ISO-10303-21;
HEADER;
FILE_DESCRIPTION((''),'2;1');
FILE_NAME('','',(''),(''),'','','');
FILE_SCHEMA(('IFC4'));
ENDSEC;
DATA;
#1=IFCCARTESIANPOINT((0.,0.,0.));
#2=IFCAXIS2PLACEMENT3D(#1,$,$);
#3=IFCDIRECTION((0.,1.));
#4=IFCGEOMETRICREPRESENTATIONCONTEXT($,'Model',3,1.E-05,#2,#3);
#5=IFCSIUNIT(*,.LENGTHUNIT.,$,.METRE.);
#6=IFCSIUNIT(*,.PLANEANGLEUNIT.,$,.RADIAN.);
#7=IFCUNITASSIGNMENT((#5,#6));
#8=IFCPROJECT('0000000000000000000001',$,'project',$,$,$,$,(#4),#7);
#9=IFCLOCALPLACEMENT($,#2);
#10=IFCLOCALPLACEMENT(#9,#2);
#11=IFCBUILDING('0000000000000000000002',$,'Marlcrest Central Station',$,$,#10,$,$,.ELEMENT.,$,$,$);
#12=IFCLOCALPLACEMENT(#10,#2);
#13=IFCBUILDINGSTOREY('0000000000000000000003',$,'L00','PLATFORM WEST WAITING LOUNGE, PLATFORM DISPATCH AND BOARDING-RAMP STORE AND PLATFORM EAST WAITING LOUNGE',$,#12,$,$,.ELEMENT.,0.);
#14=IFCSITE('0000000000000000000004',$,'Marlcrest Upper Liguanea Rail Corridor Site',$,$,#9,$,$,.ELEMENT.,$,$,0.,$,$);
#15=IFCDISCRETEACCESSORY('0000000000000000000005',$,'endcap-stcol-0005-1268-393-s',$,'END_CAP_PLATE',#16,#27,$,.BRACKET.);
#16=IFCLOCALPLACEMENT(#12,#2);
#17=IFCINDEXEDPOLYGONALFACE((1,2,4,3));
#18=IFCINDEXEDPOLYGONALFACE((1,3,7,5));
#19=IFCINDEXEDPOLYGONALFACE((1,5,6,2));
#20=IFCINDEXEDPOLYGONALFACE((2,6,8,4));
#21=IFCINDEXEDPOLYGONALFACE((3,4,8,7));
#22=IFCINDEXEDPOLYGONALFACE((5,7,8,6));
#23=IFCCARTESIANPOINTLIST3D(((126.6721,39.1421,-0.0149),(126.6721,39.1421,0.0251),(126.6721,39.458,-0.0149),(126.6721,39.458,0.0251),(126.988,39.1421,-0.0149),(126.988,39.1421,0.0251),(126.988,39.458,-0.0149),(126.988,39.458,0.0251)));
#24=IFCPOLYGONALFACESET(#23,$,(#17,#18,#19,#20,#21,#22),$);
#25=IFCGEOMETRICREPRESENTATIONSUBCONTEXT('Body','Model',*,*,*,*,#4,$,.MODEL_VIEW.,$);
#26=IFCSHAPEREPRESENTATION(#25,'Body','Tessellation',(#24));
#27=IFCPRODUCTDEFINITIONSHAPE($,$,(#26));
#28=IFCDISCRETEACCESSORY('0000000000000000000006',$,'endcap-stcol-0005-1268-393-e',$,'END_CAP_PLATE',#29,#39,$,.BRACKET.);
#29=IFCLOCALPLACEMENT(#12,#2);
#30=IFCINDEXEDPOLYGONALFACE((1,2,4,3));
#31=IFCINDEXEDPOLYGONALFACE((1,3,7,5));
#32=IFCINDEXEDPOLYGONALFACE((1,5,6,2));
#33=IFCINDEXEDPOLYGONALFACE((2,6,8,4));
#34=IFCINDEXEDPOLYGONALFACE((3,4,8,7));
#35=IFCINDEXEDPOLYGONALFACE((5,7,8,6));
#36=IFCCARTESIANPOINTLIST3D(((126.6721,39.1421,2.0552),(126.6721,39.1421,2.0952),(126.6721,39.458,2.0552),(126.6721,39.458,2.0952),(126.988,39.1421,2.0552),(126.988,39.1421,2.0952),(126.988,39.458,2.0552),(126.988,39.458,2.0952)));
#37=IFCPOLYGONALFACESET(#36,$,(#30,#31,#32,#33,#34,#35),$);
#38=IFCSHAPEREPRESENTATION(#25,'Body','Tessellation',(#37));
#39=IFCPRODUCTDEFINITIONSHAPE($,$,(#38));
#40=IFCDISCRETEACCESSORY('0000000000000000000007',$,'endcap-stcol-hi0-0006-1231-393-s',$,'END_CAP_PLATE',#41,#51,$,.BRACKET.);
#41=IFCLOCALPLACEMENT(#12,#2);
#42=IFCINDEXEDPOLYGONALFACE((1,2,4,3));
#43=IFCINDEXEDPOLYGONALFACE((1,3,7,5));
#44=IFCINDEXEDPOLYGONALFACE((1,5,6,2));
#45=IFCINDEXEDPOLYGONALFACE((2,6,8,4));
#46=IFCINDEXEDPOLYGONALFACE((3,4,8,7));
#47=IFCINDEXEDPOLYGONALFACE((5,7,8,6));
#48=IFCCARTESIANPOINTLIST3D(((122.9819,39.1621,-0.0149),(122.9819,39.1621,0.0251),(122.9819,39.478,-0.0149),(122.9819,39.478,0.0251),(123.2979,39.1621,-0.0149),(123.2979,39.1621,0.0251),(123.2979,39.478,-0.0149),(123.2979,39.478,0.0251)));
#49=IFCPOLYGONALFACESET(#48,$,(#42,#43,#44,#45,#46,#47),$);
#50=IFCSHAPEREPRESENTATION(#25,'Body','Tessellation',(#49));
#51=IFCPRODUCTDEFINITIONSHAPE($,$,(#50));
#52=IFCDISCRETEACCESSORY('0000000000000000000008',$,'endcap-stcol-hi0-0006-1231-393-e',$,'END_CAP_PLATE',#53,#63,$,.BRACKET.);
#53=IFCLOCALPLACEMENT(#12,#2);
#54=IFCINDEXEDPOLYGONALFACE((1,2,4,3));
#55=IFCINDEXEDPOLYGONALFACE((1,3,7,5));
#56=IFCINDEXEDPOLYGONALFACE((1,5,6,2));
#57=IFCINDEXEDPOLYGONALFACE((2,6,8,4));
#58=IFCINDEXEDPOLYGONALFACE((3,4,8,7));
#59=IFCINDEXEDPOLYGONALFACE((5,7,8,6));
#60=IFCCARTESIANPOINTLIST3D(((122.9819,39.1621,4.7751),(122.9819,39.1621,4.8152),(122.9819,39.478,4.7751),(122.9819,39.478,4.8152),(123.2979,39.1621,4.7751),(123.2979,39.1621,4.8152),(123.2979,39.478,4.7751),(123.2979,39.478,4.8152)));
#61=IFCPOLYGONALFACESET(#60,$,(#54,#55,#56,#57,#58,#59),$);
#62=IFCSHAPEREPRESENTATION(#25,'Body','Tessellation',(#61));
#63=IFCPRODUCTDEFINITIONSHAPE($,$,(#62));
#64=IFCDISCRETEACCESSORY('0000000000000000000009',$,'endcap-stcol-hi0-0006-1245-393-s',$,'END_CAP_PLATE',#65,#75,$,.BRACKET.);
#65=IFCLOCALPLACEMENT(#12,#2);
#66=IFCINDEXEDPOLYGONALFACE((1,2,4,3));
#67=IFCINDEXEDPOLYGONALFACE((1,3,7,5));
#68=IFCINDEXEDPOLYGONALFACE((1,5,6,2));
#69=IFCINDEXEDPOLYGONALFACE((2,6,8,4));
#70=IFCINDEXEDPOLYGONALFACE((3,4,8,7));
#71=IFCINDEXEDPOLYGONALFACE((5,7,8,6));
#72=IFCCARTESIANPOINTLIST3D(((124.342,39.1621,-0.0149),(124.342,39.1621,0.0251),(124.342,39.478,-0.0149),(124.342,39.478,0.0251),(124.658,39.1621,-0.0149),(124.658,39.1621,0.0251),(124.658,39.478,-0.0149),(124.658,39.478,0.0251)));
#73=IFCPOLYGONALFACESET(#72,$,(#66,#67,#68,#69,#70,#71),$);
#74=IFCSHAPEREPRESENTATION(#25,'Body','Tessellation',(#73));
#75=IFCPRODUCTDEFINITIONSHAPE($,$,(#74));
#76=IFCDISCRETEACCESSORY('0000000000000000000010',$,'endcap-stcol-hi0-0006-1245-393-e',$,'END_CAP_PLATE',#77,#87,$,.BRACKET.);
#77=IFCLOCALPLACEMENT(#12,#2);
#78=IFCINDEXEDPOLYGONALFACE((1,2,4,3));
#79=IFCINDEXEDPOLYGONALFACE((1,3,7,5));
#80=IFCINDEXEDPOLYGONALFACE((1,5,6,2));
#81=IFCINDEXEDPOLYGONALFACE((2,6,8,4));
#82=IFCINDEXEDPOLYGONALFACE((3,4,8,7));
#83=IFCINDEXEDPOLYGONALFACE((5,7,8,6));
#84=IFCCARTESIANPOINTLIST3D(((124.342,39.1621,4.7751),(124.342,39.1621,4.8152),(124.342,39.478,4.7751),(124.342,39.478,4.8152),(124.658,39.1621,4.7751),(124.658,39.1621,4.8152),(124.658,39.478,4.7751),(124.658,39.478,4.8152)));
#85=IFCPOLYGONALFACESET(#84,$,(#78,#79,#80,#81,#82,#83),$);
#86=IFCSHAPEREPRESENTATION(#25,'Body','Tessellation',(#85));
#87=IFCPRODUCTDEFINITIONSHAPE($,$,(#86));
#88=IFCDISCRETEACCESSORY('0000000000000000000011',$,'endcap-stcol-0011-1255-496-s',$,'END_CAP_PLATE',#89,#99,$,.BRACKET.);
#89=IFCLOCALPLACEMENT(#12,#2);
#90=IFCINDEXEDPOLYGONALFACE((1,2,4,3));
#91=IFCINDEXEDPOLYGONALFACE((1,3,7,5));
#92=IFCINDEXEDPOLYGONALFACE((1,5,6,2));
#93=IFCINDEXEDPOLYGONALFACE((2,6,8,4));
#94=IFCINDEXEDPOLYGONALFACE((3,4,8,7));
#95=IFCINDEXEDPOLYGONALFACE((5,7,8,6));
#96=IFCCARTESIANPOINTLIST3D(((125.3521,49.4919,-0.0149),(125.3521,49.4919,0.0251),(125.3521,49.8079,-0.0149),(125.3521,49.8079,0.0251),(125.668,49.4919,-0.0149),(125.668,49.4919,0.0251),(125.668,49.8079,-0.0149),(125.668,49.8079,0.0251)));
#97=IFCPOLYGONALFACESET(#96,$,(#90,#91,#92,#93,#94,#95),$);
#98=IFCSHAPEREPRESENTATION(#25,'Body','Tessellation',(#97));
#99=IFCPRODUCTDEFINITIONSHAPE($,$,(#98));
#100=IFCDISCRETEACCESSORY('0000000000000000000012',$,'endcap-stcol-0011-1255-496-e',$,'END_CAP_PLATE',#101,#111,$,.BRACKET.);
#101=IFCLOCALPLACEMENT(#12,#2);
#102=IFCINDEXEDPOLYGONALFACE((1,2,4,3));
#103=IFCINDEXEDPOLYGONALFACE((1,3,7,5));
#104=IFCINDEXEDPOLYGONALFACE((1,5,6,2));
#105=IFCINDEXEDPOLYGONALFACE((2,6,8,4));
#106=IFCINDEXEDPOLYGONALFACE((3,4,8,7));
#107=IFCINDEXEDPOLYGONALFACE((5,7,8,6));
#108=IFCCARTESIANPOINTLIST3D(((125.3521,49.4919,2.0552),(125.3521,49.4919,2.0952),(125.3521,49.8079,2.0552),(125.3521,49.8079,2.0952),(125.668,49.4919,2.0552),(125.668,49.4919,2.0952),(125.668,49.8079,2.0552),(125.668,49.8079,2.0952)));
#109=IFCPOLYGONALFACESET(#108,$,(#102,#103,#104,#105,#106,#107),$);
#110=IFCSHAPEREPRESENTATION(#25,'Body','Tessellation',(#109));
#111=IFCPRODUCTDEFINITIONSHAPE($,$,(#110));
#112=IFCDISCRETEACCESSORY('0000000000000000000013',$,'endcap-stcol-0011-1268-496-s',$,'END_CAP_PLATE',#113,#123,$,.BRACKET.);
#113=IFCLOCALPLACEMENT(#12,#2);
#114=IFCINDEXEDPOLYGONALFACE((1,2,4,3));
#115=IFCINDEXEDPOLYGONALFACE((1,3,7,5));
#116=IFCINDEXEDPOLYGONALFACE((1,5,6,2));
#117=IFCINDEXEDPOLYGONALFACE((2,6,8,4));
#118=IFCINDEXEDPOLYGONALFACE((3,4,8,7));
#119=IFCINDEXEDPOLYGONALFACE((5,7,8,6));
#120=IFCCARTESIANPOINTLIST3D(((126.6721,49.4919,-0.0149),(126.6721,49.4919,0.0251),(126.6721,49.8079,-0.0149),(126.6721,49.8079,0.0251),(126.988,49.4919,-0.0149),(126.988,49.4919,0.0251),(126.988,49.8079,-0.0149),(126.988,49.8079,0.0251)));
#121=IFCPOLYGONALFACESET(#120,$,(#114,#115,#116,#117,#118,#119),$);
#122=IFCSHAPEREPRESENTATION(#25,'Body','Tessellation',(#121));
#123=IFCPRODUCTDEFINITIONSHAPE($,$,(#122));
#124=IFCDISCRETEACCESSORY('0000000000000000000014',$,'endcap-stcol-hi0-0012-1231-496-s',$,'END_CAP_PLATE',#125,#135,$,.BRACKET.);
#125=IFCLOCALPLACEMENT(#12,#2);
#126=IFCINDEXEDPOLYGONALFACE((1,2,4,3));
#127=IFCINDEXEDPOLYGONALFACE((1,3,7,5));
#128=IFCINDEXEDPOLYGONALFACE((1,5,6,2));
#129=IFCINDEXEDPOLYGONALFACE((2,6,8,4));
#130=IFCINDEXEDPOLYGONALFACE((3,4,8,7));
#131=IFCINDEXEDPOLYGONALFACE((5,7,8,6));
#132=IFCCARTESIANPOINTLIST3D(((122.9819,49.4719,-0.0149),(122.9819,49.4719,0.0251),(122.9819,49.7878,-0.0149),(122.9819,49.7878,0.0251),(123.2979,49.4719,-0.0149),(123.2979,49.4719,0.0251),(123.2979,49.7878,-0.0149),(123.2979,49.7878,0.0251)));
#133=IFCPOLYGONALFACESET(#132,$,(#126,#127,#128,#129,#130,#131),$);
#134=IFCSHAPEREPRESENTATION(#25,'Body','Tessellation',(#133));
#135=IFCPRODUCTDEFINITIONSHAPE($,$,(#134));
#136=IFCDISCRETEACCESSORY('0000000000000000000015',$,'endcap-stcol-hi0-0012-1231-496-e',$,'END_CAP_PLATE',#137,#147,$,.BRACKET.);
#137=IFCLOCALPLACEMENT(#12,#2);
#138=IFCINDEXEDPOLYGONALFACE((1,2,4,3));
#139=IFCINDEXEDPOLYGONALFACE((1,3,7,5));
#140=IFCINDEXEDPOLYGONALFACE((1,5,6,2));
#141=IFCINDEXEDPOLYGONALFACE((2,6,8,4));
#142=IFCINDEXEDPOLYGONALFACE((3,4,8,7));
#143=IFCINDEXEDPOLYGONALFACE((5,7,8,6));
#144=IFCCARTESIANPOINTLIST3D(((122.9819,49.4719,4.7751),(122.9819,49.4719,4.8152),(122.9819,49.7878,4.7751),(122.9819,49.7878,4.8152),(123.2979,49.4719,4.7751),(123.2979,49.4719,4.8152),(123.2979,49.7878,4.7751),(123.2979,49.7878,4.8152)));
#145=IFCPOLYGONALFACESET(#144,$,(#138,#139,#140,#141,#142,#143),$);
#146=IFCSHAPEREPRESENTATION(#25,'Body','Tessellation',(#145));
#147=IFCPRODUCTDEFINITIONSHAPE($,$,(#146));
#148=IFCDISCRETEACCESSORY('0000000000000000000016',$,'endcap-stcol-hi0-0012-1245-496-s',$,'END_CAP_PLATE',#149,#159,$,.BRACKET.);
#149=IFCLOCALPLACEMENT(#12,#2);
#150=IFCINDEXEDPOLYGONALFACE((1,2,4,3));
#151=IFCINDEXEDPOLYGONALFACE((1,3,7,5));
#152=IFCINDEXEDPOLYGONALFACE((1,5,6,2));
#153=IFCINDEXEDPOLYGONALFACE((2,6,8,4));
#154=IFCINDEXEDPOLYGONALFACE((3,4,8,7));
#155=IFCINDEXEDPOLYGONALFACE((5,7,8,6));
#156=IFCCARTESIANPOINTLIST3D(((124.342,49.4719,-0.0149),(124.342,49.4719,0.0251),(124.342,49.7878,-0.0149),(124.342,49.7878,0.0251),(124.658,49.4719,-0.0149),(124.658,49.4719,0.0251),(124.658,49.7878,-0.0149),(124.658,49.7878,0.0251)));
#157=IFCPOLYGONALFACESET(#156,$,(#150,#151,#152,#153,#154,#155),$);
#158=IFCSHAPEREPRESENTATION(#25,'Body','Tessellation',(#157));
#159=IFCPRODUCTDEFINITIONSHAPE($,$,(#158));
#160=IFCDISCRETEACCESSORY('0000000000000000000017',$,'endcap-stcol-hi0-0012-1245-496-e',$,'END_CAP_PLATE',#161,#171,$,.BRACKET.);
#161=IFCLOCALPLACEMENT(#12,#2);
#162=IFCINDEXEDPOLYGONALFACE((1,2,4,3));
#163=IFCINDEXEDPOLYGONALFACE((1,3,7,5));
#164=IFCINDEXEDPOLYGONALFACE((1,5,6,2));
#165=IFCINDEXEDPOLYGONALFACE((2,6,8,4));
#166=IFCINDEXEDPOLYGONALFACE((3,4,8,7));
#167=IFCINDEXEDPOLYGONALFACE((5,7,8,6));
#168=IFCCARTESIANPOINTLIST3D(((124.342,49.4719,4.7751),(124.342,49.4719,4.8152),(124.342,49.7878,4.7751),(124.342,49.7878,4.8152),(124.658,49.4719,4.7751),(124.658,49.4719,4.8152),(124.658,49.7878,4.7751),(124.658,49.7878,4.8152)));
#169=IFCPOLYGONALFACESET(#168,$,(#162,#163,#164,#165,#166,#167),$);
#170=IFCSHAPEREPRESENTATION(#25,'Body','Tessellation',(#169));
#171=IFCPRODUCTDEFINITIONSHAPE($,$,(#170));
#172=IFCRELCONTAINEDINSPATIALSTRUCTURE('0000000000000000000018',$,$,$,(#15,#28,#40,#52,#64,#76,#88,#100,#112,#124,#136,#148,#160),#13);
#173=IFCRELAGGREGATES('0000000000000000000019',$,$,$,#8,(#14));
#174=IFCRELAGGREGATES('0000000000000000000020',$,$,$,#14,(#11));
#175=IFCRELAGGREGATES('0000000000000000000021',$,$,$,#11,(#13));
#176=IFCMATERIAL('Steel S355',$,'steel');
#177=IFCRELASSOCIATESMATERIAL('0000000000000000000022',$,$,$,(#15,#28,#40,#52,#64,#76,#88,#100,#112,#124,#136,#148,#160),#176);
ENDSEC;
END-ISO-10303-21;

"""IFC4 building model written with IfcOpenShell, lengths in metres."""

from ifc_helpers import new_model, si_unit, direction, frame, origin, origin_2d, place, context, subcontext, project, spatial, rectangle, extrude, material, element, save


model = new_model("IFC4")

# Units and contexts
model_context = context("Model", 3, precision=1e-05, world=origin(), true_north=direction((0.0, 1.0)))
body_context = subcontext(model_context, "Body", "Model", "MODEL_VIEW")
ifc_project = project(units=[si_unit("LENGTHUNIT", "METRE"), si_unit("PLANEANGLEUNIT", "RADIAN")], contexts=[model_context])

# Site, building, storey
site_placement = place(None, origin())
site = spatial("IfcSite", under=ifc_project, at=site_placement, Name="Marlcrest Upper Liguanea Rail Corridor Site", CompositionType="ELEMENT", RefElevation=0.0)
building_placement = place(site_placement, origin())
building = spatial("IfcBuilding", under=site, at=building_placement, Name="Marlcrest Central Station", CompositionType="ELEMENT")
storey_placement = place(building_placement, origin())
storey = spatial("IfcBuildingStorey", under=building, at=storey_placement, Name="L00", Description="PLATFORM WEST WAITING LOUNGE, PLATFORM DISPATCH AND BOARDING-RAMP STORE AND PLATFORM EAST WAITING LOUNGE", CompositionType="ELEMENT", Elevation=0.0)

# Shared definitions
ifc_material_1 = material(Name="Steel S355", Category="steel")

# Discrete accessories
for number, where, z_axis, x_axis, name in (
    (1, (126.8301, 39.3, -0.0149), (0.0, 0.0, 1.0), (1.0, 0.0, 0.0), "endcap-stcol-0005-1268-393-s"),
    (2, (126.8301, 39.3, 2.0552), (0.0, 0.0, 1.0), (1.0, 0.0, 0.0), "endcap-stcol-0005-1268-393-e"),
    (3, (123.1399, 39.3201, -0.0149), (0.0, 0.0, 1.0), (1.0, 0.0, 0.0), "endcap-stcol-hi0-0006-1231-393-s"),
    (4, (123.1399, 39.3201, 4.7751), (0.0, 0.0, 1.0), (1.0, 0.0, 0.0), "endcap-stcol-hi0-0006-1231-393-e"),
    (5, (124.5, 39.3201, -0.0149), (0.0, 0.0, 1.0), (1.0, 0.0, 0.0), "endcap-stcol-hi0-0006-1245-393-s"),
    (6, (124.5, 39.3201, 4.7751), (0.0, 0.0, 1.0), (1.0, 0.0, 0.0), "endcap-stcol-hi0-0006-1245-393-e"),
    (7, (125.51, 49.6499, -0.0149), (0.0, 0.0, 1.0), (1.0, 0.0, 0.0), "endcap-stcol-0011-1255-496-s"),
    (8, (125.51, 49.6499, 2.0552), (0.0, 0.0, 1.0), (1.0, 0.0, 0.0), "endcap-stcol-0011-1255-496-e"),
    (9, (126.8301, 49.6499, -0.0149), (0.0, 0.0, 1.0), (1.0, 0.0, 0.0), "endcap-stcol-0011-1268-496-s"),
    (10, (123.1399, 49.6299, -0.0149), (0.0, 0.0, 1.0), (1.0, 0.0, 0.0), "endcap-stcol-hi0-0012-1231-496-s"),
    (11, (123.1399, 49.6299, 4.7751), (0.0, 0.0, 1.0), (1.0, 0.0, 0.0), "endcap-stcol-hi0-0012-1231-496-e"),
    (12, (124.5, 49.6299, -0.0149), (0.0, 0.0, 1.0), (1.0, 0.0, 0.0), "endcap-stcol-hi0-0012-1245-496-s"),
    (13, (124.5, 49.6299, 4.7751), (0.0, 0.0, 1.0), (1.0, 0.0, 0.0), "endcap-stcol-hi0-0012-1245-496-e"),
):
    element("IfcDiscreteAccessory", number, at=place(storey_placement, frame(where, z_axis=z_axis, x_axis=x_axis)), inside=storey, material=ifc_material_1, Name=name, ObjectType="END_CAP_PLATE", PredefinedType="BRACKET", context=body_context, shape_type="SweptSolid", body=[
        extrude(rectangle(XDim=0.3159, YDim=0.3159, at=origin_2d()), origin(), (0.0, 0.0, 1.0), 0.04),
    ])

save(model, "model.ifc")
